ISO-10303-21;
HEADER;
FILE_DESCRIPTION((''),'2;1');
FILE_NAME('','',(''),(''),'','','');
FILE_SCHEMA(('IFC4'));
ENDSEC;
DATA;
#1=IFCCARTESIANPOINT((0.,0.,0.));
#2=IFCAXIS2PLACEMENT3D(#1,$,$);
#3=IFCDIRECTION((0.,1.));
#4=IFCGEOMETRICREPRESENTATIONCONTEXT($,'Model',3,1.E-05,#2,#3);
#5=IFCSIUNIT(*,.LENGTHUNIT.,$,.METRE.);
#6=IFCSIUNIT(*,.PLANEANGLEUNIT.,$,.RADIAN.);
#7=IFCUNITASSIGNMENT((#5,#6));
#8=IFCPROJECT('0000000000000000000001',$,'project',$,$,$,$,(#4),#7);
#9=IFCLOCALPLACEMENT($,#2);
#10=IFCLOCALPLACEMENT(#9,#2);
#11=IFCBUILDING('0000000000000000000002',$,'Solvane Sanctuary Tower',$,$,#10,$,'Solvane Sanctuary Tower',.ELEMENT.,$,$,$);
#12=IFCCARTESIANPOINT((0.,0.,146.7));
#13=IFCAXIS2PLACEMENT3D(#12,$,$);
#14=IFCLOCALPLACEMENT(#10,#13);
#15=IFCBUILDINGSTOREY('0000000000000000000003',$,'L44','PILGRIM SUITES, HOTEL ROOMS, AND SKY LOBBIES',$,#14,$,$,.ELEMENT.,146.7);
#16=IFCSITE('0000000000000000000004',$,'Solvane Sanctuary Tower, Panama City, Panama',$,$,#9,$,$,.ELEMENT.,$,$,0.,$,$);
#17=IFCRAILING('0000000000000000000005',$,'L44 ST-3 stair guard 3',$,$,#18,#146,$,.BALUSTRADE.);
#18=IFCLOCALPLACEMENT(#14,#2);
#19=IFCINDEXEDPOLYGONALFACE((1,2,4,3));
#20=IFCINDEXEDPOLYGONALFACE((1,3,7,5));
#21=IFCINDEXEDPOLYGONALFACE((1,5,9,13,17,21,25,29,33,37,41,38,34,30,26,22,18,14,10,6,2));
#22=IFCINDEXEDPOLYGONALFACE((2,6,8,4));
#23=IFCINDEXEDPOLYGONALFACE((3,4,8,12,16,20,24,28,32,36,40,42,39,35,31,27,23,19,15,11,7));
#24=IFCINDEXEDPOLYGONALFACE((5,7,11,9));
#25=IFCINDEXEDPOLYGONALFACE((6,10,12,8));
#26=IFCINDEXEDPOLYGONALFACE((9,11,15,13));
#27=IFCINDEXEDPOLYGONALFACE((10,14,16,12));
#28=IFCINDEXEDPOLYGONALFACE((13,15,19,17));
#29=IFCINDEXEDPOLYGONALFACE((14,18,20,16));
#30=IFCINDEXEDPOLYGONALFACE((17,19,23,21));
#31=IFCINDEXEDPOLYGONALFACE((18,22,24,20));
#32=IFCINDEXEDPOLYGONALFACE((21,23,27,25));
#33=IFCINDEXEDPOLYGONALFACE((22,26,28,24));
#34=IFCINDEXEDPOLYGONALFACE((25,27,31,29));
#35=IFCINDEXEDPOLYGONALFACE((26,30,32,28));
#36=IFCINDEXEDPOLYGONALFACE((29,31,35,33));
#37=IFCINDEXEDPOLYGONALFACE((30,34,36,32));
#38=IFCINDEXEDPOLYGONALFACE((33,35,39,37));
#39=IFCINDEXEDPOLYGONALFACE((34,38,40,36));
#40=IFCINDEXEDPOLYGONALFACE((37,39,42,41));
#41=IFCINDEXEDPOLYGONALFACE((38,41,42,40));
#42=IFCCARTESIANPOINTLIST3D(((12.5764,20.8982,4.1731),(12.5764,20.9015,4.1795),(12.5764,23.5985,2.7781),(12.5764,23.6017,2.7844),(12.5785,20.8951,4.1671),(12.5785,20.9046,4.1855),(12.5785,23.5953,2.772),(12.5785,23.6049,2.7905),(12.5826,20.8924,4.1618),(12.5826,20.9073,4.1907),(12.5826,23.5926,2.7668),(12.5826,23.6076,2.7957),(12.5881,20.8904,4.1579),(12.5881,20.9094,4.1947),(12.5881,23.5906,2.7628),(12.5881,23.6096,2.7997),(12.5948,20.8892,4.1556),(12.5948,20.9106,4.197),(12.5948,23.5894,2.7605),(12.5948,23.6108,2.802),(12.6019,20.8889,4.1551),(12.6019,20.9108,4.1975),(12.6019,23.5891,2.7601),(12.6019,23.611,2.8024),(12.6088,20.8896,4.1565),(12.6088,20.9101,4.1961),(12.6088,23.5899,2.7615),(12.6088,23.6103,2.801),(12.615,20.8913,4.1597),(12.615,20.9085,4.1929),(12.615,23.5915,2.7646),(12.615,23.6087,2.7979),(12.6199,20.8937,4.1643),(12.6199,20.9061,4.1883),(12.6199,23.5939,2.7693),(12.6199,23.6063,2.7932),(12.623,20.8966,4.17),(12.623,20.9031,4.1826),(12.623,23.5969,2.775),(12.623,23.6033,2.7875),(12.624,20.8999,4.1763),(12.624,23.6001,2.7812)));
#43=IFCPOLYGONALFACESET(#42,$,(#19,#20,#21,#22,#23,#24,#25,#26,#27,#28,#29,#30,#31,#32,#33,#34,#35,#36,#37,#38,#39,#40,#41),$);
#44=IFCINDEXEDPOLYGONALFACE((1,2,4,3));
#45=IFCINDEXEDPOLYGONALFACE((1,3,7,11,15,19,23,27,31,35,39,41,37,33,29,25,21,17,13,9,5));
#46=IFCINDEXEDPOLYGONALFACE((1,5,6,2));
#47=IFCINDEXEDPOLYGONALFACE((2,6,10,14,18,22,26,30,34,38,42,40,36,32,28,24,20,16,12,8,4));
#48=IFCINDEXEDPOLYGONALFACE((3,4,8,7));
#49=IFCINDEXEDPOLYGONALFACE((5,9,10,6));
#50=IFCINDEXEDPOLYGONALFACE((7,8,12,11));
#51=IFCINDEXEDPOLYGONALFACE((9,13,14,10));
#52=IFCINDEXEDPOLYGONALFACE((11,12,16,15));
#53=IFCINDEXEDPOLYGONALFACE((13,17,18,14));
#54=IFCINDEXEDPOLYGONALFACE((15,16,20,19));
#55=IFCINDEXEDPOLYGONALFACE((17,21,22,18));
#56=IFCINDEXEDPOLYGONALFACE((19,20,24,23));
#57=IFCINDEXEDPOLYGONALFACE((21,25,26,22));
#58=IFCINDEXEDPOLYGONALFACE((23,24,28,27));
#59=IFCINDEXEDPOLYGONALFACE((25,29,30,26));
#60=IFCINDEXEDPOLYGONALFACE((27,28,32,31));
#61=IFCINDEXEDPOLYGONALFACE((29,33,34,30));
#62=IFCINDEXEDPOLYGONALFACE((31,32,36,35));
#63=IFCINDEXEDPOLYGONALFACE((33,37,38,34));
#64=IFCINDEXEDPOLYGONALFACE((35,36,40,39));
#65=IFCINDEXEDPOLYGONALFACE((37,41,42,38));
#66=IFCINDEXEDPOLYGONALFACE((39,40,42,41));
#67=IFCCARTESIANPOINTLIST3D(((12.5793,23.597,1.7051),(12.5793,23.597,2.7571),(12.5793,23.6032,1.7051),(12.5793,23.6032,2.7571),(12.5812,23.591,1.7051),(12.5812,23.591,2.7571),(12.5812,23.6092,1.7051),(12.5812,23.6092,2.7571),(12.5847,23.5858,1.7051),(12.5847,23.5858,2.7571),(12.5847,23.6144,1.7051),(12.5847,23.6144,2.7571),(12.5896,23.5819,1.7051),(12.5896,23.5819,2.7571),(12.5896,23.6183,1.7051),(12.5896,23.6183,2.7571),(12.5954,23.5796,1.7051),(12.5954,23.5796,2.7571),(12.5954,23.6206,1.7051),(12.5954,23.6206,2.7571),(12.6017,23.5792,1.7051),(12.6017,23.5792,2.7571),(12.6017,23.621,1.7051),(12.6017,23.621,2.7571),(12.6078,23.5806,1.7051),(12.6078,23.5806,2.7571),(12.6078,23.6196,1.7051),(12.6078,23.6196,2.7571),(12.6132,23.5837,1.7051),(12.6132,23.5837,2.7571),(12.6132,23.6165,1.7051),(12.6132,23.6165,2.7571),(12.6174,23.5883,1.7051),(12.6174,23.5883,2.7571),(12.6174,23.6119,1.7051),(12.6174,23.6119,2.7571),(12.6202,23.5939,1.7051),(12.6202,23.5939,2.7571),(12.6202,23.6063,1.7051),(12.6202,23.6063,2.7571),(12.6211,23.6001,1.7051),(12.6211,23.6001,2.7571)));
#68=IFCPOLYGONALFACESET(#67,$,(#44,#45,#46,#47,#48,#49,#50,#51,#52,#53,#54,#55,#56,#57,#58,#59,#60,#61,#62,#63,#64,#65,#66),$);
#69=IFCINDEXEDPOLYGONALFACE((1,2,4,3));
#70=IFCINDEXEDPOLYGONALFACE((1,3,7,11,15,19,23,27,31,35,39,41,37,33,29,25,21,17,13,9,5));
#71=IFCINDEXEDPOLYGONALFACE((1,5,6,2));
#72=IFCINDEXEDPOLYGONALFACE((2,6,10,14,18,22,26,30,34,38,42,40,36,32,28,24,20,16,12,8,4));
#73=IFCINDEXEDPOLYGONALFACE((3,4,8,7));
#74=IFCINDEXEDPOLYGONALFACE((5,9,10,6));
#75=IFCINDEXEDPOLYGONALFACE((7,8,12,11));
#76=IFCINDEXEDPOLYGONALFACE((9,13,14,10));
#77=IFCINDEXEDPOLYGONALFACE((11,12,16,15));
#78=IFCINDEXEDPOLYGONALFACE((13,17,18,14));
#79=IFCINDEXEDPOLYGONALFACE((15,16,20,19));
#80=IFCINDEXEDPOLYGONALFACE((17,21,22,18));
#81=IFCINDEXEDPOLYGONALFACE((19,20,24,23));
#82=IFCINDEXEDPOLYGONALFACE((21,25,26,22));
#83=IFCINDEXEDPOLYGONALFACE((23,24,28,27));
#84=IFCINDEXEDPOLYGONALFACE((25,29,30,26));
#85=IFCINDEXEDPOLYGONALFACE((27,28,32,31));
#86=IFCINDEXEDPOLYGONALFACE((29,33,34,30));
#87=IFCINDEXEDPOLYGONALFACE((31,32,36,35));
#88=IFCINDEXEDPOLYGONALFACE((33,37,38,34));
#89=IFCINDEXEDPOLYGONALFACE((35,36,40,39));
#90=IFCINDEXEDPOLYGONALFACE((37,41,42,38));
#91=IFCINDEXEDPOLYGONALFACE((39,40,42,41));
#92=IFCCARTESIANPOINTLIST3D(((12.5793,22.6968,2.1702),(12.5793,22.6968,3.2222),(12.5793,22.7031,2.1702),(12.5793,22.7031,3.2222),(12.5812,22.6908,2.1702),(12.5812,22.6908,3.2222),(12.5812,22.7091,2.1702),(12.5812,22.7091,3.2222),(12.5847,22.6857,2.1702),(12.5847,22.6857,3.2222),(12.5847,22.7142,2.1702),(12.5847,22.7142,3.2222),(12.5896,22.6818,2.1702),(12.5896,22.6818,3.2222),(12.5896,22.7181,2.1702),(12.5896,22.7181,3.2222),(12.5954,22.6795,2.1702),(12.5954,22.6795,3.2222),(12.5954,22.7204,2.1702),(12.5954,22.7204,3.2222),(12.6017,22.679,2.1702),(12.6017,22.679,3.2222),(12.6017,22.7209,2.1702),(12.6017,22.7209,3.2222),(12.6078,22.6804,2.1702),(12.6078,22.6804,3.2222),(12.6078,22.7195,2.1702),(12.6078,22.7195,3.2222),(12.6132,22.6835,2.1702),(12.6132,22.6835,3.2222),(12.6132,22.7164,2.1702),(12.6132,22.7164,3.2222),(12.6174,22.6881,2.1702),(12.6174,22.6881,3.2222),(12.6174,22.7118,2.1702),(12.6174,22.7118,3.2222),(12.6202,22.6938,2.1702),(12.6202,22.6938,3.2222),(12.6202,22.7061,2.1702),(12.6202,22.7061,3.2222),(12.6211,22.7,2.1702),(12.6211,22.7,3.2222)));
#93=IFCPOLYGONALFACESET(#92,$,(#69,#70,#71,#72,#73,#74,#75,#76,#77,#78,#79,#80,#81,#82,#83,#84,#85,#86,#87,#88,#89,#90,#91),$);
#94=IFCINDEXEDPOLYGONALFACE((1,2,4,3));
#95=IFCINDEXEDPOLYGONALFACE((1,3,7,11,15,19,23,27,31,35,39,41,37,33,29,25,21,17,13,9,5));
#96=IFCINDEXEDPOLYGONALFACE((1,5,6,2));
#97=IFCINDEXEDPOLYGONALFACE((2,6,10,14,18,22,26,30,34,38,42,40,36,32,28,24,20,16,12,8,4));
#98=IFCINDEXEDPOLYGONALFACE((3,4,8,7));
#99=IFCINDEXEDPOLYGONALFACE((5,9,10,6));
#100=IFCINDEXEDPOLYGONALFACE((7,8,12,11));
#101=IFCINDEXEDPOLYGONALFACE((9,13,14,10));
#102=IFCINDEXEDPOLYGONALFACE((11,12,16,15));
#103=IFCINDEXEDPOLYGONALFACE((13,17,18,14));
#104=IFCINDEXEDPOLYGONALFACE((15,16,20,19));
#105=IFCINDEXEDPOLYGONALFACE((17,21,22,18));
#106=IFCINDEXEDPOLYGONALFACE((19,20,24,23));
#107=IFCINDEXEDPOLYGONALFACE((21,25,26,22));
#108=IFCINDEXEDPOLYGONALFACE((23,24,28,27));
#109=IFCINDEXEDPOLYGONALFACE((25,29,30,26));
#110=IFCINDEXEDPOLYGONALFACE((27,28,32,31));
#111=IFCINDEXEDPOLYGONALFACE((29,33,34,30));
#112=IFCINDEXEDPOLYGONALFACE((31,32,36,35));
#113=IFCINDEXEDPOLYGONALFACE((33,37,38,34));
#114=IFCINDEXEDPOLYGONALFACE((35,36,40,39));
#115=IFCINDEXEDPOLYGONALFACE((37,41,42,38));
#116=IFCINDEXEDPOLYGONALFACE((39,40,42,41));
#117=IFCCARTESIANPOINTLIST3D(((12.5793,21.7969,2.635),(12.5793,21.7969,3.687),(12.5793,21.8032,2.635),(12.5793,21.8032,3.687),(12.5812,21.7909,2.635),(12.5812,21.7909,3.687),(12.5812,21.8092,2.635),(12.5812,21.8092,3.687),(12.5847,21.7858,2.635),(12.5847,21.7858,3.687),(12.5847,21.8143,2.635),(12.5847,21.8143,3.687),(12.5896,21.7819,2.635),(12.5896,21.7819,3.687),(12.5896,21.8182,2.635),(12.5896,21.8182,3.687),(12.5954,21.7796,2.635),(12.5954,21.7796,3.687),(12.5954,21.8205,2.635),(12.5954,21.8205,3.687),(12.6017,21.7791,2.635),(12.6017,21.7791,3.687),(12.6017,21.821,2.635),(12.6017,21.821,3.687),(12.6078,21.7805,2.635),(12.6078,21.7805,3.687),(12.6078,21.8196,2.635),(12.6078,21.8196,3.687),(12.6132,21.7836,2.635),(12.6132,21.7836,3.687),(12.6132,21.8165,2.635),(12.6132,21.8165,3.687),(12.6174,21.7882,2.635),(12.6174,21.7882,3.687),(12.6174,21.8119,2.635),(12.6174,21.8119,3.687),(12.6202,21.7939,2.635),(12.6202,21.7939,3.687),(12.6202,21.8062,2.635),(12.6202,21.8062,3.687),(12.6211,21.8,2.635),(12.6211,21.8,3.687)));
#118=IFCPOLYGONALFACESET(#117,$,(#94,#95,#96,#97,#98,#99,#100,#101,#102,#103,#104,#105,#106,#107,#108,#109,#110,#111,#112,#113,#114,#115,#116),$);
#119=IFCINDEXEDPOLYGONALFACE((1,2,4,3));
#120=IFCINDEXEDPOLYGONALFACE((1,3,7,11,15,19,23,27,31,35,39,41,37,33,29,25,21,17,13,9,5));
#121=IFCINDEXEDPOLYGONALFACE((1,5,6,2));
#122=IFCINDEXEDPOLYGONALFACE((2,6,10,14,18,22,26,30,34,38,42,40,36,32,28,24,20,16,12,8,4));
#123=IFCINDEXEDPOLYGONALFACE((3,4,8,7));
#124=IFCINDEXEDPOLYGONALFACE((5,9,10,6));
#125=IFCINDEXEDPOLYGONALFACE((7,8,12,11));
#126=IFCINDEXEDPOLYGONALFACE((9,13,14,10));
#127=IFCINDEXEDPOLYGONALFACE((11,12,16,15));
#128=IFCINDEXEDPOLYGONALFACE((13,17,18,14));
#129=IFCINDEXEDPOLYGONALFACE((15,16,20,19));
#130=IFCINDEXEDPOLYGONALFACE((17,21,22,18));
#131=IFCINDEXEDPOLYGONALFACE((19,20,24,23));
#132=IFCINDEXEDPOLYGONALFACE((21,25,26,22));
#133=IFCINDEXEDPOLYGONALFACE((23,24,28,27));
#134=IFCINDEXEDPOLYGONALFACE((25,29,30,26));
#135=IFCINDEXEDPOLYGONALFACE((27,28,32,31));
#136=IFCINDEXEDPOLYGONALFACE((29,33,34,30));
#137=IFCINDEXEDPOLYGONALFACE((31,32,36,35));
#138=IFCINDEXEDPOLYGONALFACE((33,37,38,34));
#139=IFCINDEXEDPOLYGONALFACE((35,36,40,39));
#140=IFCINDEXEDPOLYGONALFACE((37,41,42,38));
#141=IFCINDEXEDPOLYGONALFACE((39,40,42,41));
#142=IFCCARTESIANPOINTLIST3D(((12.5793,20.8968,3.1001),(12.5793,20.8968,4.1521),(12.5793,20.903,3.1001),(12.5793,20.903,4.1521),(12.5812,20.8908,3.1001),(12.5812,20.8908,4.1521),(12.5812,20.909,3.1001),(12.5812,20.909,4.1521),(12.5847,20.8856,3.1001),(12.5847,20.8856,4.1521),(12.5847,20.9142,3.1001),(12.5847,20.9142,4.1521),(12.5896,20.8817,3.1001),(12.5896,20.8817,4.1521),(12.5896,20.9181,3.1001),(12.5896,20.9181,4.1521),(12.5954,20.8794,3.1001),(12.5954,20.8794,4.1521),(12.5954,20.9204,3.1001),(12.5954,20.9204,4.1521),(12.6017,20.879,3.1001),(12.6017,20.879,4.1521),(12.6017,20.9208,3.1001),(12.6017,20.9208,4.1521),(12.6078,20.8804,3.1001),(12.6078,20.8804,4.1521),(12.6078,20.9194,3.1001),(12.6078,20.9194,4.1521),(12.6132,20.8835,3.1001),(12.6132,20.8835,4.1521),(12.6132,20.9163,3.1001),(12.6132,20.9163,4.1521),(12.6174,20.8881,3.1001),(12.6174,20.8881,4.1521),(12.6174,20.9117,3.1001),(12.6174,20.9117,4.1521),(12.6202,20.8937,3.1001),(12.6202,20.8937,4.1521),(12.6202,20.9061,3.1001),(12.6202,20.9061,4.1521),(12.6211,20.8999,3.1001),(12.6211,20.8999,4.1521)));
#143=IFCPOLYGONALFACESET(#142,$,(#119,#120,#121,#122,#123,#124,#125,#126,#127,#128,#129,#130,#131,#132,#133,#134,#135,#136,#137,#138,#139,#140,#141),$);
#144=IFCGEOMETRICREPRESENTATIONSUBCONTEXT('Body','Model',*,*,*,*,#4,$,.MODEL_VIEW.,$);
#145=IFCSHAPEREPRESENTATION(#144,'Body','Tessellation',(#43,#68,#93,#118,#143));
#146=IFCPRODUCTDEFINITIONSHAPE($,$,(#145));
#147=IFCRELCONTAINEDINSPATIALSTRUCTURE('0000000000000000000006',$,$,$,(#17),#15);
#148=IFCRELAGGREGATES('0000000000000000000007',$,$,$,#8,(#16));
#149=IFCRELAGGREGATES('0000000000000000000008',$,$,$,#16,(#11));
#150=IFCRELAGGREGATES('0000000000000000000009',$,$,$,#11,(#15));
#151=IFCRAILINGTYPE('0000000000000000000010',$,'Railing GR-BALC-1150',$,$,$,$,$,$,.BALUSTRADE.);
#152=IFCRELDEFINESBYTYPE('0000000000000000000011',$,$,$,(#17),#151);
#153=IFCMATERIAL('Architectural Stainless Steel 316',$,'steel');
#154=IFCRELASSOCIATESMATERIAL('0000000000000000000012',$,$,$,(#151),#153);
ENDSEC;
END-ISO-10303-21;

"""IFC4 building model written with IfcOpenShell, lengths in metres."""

from ifc_helpers import new_model, si_unit, direction, frame, origin, origin_2d, place, context, subcontext, project, spatial, circle, extrude, material, type_object, element, save


model = new_model("IFC4")

# Units and contexts
model_context = context("Model", 3, precision=1e-05, world=origin(), true_north=direction((0.0, 1.0)))
body_context = subcontext(model_context, "Body", "Model", "MODEL_VIEW")
ifc_project = project(units=[si_unit("LENGTHUNIT", "METRE"), si_unit("PLANEANGLEUNIT", "RADIAN")], contexts=[model_context])

# Site, building, storey
site_placement = place(None, origin())
site = spatial("IfcSite", under=ifc_project, at=site_placement, Name="Solvane Sanctuary Tower, Panama City, Panama", CompositionType="ELEMENT", RefElevation=0.0)
building_placement = place(site_placement, origin())
building = spatial("IfcBuilding", under=site, at=building_placement, Name="Solvane Sanctuary Tower", LongName="Solvane Sanctuary Tower", CompositionType="ELEMENT")
storey_placement = place(building_placement, frame((0.0, 0.0, 146.7)))
storey = spatial("IfcBuildingStorey", under=building, at=storey_placement, Name="L44", Description="PILGRIM SUITES, HOTEL ROOMS, AND SKY LOBBIES", CompositionType="ELEMENT", Elevation=146.7)

# Railing
ifc_material_1 = material(Name="Architectural Stainless Steel 316", Category="steel")
railing_type_1 = type_object("IfcRailingType", Name="Railing GR-BALC-1150", PredefinedType="BALUSTRADE", material=ifc_material_1)
railing_1_placement = place(storey_placement, frame((12.6001, 23.6001, 1.7051)))
element("IfcRailing", 1, at=railing_1_placement, inside=storey, type_object=railing_type_1, Name="L44 ST-3 stair guard 3", PredefinedType="BALUSTRADE", context=body_context, shape_type="SweptSolid", body=[
    extrude(circle(Radius=0.0239, at=origin_2d()), frame((0.0, 0.0, 1.0762), z_axis=(0.0, -0.888437, 0.458999), x_axis=(1.0, 0.0, 0.0)), (0.0, 0.0, 1.0), 3.0393),
    extrude(circle(Radius=0.021, at=origin_2d()), origin(), (0.0, 0.0, 1.0), 1.052),
    extrude(circle(Radius=0.021, at=origin_2d()), frame((0.0, -0.9001, 0.4651)), (0.0, 0.0, 1.0), 1.052),
    extrude(circle(Radius=0.021, at=origin_2d()), frame((0.0, -1.8, 0.9299)), (0.0, 0.0, 1.0), 1.052),
    extrude(circle(Radius=0.021, at=origin_2d()), frame((0.0, -2.7002, 1.395)), (0.0, 0.0, 1.0), 1.052),
])

save(model, "model.ifc")
